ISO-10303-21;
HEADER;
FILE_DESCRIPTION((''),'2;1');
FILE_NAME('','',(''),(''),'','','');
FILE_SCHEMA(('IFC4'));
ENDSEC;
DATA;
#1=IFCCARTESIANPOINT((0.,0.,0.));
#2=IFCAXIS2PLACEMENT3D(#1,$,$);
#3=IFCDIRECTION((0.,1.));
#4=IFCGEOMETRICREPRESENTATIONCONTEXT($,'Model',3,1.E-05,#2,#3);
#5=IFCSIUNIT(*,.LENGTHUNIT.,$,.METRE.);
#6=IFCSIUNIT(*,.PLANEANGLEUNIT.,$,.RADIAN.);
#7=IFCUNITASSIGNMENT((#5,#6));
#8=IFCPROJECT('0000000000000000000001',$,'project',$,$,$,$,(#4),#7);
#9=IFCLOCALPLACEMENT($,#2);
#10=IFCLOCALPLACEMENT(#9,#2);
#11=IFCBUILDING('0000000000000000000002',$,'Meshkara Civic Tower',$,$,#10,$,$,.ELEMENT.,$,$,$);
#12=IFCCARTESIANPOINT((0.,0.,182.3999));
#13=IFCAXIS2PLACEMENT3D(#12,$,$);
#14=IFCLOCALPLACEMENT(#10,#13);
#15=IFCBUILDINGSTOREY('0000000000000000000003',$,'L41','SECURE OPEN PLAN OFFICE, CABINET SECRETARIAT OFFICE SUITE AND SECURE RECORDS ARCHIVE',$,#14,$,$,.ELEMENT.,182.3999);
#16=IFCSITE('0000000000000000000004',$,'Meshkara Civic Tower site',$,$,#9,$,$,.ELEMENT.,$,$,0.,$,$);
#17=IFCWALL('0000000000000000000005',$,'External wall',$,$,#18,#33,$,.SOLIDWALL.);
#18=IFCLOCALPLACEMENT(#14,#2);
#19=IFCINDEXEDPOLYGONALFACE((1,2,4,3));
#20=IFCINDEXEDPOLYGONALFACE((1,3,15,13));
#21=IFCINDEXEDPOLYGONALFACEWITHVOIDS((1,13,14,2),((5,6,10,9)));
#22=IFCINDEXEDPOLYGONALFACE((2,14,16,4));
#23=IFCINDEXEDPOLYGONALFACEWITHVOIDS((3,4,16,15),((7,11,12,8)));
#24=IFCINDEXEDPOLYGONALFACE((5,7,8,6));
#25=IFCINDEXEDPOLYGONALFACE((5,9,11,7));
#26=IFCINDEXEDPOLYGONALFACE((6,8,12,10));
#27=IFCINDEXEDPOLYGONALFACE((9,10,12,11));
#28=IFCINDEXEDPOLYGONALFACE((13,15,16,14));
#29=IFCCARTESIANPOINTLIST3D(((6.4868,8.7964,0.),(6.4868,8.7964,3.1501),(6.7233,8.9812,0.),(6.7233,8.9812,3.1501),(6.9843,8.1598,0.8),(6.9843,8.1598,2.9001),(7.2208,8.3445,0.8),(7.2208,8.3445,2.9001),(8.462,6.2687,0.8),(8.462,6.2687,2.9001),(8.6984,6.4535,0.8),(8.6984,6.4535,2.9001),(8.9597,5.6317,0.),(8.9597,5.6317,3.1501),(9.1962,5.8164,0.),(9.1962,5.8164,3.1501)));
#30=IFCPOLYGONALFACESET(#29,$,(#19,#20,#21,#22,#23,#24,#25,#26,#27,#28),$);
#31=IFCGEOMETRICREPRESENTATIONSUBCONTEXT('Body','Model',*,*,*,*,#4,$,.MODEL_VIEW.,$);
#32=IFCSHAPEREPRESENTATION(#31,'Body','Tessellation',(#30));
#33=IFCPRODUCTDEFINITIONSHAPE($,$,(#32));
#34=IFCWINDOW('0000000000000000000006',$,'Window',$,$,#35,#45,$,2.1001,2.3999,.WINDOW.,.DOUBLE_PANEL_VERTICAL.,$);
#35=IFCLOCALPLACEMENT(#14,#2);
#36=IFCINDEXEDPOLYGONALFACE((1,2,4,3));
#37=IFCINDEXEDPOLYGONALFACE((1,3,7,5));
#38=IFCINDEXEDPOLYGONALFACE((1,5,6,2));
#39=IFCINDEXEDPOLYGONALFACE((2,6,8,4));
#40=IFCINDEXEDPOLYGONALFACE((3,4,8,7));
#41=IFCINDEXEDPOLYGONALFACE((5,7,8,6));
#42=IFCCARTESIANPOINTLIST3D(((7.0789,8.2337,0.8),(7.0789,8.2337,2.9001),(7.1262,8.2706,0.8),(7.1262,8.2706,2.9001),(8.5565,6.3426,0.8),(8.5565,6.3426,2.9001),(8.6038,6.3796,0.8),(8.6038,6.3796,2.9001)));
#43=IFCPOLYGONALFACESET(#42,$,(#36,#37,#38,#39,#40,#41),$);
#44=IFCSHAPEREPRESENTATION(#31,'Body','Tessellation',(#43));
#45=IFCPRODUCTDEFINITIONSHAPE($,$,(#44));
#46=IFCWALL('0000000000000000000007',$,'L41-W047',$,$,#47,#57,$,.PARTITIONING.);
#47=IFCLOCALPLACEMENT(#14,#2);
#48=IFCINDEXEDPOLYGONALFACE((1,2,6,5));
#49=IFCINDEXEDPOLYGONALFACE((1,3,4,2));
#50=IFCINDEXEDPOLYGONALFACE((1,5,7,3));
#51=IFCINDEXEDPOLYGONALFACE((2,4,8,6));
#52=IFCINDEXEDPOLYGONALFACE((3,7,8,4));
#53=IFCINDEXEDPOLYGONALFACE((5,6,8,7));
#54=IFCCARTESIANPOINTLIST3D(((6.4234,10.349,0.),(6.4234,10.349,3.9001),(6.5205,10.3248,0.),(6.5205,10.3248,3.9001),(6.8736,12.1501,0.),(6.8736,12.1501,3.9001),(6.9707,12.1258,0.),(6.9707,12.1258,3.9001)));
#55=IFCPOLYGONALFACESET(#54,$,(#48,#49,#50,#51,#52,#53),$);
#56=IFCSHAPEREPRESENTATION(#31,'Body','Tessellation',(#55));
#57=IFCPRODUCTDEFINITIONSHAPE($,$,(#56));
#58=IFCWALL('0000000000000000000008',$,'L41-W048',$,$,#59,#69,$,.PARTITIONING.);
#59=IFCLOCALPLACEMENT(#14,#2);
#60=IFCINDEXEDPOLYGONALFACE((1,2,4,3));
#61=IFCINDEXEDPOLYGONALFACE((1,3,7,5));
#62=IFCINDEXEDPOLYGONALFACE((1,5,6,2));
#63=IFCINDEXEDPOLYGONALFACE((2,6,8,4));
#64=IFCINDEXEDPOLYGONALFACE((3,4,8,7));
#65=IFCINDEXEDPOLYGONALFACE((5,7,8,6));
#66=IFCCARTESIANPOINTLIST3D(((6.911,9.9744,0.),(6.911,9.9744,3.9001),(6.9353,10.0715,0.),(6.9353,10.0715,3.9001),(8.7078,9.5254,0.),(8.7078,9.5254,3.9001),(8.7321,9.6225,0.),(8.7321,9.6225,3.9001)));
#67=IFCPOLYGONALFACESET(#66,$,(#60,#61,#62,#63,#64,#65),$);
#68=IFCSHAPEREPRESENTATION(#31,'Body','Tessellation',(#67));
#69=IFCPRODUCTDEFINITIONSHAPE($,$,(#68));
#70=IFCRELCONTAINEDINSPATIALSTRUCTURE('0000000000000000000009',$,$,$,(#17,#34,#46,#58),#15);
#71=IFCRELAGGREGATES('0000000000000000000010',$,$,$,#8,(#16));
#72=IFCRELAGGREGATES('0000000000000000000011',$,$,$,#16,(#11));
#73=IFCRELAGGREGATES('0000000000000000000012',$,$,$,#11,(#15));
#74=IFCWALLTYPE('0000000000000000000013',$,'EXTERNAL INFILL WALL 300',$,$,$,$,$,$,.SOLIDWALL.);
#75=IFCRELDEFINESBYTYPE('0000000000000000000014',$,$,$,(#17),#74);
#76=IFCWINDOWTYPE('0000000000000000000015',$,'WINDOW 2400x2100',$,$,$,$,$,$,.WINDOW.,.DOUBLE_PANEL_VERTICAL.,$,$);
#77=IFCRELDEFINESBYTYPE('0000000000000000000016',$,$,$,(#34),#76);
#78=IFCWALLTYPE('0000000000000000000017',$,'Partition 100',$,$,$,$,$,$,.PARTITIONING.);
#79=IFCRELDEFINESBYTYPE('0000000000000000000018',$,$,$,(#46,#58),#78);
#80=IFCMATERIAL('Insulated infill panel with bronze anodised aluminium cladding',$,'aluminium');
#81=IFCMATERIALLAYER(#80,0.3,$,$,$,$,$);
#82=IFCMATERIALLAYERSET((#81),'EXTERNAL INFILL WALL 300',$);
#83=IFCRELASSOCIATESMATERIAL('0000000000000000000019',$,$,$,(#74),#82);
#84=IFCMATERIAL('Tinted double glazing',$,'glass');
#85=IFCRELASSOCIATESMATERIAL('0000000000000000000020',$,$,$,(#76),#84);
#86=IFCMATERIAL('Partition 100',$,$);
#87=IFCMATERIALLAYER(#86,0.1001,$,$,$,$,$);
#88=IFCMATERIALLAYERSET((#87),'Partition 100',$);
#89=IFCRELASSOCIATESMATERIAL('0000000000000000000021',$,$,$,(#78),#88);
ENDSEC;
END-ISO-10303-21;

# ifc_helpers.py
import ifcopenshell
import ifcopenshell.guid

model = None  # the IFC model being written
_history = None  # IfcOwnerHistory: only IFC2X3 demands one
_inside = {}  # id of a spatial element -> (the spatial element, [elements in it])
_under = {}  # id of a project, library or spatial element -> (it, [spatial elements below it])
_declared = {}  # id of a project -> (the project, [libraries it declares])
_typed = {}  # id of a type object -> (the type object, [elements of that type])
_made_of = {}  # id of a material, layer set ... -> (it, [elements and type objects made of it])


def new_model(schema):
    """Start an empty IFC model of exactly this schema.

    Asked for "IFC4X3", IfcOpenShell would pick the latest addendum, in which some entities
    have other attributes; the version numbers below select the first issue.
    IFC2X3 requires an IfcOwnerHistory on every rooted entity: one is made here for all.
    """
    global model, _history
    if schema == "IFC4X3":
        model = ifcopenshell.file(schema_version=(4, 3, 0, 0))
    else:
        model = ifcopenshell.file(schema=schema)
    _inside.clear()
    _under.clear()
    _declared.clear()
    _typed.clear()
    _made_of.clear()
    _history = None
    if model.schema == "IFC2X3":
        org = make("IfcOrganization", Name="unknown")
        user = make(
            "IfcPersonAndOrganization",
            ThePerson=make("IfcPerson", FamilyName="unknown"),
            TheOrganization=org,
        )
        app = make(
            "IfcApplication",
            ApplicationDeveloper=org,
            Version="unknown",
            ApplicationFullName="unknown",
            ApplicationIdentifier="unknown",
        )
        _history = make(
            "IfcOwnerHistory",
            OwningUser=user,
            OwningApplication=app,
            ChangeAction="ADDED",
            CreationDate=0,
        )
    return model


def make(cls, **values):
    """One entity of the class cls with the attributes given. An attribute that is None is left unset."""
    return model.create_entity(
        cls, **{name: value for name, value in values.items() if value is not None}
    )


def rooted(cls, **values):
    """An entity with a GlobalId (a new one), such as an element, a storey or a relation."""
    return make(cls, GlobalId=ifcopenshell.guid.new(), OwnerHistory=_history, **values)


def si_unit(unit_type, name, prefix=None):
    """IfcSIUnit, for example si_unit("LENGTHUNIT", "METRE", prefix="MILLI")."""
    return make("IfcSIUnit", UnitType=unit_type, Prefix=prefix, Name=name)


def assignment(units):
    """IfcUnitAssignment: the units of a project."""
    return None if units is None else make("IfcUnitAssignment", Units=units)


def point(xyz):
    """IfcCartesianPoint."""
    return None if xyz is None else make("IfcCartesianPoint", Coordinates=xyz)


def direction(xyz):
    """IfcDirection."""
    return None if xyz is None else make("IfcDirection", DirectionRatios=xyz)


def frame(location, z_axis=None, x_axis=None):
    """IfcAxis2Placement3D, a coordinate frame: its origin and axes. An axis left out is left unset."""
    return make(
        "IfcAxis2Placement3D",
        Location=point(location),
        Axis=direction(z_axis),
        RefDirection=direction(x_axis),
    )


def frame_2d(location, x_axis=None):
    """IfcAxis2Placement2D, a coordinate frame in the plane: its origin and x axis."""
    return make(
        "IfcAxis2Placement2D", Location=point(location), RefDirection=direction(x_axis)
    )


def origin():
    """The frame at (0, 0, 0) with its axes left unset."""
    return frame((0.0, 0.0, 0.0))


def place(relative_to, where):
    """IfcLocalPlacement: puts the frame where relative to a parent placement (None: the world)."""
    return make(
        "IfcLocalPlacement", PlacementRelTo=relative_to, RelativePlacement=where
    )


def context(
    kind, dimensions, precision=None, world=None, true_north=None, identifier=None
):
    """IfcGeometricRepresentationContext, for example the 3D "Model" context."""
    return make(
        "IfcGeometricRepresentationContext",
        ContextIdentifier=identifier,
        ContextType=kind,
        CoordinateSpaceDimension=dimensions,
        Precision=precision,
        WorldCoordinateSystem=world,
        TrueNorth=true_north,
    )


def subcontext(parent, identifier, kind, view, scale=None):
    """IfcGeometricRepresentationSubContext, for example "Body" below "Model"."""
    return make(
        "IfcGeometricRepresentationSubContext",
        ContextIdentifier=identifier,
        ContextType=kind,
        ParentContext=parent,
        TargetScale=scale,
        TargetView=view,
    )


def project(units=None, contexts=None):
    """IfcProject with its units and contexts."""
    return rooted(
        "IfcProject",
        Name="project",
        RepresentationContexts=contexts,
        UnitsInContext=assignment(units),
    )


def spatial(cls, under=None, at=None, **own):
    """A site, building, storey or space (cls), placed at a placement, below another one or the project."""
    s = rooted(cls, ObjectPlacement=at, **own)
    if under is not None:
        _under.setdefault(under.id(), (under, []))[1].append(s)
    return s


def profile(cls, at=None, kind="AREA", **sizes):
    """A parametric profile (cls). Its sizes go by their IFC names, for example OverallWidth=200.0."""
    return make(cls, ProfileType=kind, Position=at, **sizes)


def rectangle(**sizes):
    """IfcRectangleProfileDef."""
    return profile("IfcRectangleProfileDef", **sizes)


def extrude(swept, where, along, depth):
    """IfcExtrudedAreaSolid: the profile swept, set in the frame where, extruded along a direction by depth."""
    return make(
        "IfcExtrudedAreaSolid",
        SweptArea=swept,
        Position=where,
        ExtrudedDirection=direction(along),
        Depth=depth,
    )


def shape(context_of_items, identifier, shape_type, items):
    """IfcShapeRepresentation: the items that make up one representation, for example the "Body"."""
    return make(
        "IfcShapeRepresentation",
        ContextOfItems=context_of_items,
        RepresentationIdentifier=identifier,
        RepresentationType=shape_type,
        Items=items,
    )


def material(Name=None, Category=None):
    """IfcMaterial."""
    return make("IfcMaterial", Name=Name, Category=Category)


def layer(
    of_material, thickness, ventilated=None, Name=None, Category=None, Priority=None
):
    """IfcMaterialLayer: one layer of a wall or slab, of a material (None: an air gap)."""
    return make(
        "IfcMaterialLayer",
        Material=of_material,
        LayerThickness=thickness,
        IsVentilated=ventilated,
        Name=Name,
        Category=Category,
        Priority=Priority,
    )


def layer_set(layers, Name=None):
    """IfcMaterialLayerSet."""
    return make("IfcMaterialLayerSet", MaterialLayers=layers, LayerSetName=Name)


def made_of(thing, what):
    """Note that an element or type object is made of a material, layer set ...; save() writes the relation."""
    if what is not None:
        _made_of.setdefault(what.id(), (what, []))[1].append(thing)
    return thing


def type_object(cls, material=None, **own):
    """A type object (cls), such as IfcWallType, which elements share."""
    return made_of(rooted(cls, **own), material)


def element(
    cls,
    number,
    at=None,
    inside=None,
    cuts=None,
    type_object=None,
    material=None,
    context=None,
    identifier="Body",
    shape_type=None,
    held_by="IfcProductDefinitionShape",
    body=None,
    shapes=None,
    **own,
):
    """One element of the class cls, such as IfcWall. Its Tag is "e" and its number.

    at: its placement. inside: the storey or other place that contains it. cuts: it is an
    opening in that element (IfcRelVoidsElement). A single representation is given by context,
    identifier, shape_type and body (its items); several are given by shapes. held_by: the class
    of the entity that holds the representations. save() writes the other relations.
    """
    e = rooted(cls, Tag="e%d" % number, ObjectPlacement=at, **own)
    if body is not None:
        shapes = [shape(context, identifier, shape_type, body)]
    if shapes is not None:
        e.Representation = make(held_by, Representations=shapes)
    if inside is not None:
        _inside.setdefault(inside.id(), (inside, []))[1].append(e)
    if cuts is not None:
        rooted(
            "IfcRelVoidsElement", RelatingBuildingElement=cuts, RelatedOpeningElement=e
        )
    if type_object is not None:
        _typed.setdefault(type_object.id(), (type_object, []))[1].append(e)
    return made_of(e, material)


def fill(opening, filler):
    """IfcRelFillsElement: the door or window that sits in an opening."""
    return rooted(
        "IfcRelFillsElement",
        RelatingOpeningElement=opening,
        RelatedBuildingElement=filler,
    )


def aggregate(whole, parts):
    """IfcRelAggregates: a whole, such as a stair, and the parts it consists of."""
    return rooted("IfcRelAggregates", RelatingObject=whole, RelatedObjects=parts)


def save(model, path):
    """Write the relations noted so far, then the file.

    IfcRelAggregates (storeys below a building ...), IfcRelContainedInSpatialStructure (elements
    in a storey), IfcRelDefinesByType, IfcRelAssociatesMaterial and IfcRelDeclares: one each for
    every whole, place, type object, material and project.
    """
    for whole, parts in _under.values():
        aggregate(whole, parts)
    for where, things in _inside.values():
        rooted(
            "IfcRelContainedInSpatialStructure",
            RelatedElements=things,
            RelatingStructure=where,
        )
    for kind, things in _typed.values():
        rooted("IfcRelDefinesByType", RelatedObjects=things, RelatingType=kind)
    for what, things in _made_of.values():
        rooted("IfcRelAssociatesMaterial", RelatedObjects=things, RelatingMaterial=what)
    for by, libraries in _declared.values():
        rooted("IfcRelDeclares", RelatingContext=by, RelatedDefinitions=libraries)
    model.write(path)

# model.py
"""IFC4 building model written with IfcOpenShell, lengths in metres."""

from ifc_helpers import new_model, si_unit, direction, frame, frame_2d, origin, place, context, subcontext, project, spatial, rectangle, extrude, material, layer, layer_set, type_object, element, fill, save


model = new_model("IFC4")

# Units and contexts
model_context = context("Model", 3, precision=1e-05, world=origin(), true_north=direction((0.0, 1.0)))
body_context = subcontext(model_context, "Body", "Model", "MODEL_VIEW")
ifc_project = project(units=[si_unit("LENGTHUNIT", "METRE"), si_unit("PLANEANGLEUNIT", "RADIAN")], contexts=[model_context])

# Site, building, storey
site_placement = place(None, origin())
site = spatial("IfcSite", under=ifc_project, at=site_placement, Name="Meshkara Civic Tower site", CompositionType="ELEMENT", RefElevation=0.0)
building_placement = place(site_placement, origin())
building = spatial("IfcBuilding", under=site, at=building_placement, Name="Meshkara Civic Tower", CompositionType="ELEMENT")
storey_placement = place(building_placement, frame((0.0, 0.0, 182.3999)))
storey = spatial("IfcBuildingStorey", under=building, at=storey_placement, Name="L41", Description="SECURE OPEN PLAN OFFICE, CABINET SECRETARIAT OFFICE SUITE AND SECURE RECORDS ARCHIVE", CompositionType="ELEMENT", Elevation=182.3999)

# Wall, opening, window
ifc_material_1 = material(Name="Insulated infill panel with bronze anodised aluminium cladding", Category="aluminium")
ifc_layer_1 = layer(ifc_material_1, 0.3)
ifc_layer_set_1 = layer_set([ifc_layer_1], Name="EXTERNAL INFILL WALL 300")
wall_type_1 = type_object("IfcWallType", Name="EXTERNAL INFILL WALL 300", PredefinedType="SOLIDWALL", material=ifc_layer_set_1)
ifc_material_2 = material(Name="Tinted double glazing", Category="glass")
window_type = type_object("IfcWindowType", Name="WINDOW 2400x2100", PartitioningType="DOUBLE_PANEL_VERTICAL", PredefinedType="WINDOW", material=ifc_material_2)
wall_1_placement = place(storey_placement, frame((6.605, 8.8889, 0.0), z_axis=(0.0, 0.0, 1.0), x_axis=(0.615707, -0.787976, 0.0)))
wall_1 = element("IfcWall", 1, at=wall_1_placement, inside=storey, type_object=wall_type_1, Name="External wall", PredefinedType="SOLIDWALL", context=body_context, shape_type="SweptSolid", body=[
    extrude(rectangle(XDim=4.0164, YDim=0.3, at=frame_2d((2.0083, 0.0))), origin(), (0.0, 0.0, 1.0), 3.1501),
])
opening_1_placement = place(wall_1_placement, frame((0.8081, 0.0, 0.8)))
opening_1 = element("IfcOpeningElement", 2, at=opening_1_placement, cuts=wall_1, PredefinedType="OPENING", context=body_context, shape_type="SweptSolid", body=[
    extrude(rectangle(XDim=2.3999, YDim=2.1001, at=frame_2d((1.2, 1.05))), frame((0.0, 0.1599, 0.0), z_axis=(0.0, -1.0, 0.0), x_axis=(1.0, 0.0, 0.0)), (0.0, 0.0, 1.0), 0.3201),
])
window_1_placement = place(opening_1_placement, origin())
window_1 = element("IfcWindow", 3, at=window_1_placement, inside=storey, type_object=window_type, Name="Window", OverallHeight=2.1001, OverallWidth=2.3999, PartitioningType="DOUBLE_PANEL_VERTICAL", PredefinedType="WINDOW", context=body_context, shape_type="SweptSolid", body=[
    extrude(rectangle(XDim=2.3999, YDim=2.1001, at=frame_2d((1.2, 1.05))), frame((0.0, 0.03, 0.0), z_axis=(0.0, -1.0, 0.0), x_axis=(1.0, 0.0, 0.0)), (0.0, 0.0, 1.0), 0.0601),
])
fill(opening_1, window_1)

# Walls
ifc_material_3 = material(Name="Partition 100")
ifc_layer_2 = layer(ifc_material_3, 0.1001)
ifc_layer_set_2 = layer_set([ifc_layer_2], Name="Partition 100")
wall_type_2 = type_object("IfcWallType", Name="Partition 100", PredefinedType="PARTITIONING", material=ifc_layer_set_2)
wall_2_placement = place(storey_placement, frame((6.9221, 12.1379, 0.0), z_axis=(0.0, 0.0, 1.0), x_axis=(-0.242505, -0.97015, 0.0)))
element("IfcWall", 4, at=wall_2_placement, inside=storey, type_object=wall_type_2, Name="L41-W047", PredefinedType="PARTITIONING", context=body_context, shape_type="SweptSolid", body=[
    extrude(rectangle(XDim=1.8564, YDim=0.1001, at=frame_2d((0.9282, 0.0))), origin(), (0.0, 0.0, 1.0), 3.9001),
])
wall_3_placement = place(storey_placement, frame((8.72, 9.574, 0.0), z_axis=(0.0, 0.0, 1.0), x_axis=(-0.970174, 0.242412, 0.0)))
element("IfcWall", 5, at=wall_3_placement, inside=storey, type_object=wall_type_2, Name="L41-W048", PredefinedType="PARTITIONING", context=body_context, shape_type="SweptSolid", body=[
    extrude(rectangle(XDim=1.8521, YDim=0.1001, at=frame_2d((0.926, 0.0))), origin(), (0.0, 0.0, 1.0), 3.9001),
])

save(model, "model.ifc")
